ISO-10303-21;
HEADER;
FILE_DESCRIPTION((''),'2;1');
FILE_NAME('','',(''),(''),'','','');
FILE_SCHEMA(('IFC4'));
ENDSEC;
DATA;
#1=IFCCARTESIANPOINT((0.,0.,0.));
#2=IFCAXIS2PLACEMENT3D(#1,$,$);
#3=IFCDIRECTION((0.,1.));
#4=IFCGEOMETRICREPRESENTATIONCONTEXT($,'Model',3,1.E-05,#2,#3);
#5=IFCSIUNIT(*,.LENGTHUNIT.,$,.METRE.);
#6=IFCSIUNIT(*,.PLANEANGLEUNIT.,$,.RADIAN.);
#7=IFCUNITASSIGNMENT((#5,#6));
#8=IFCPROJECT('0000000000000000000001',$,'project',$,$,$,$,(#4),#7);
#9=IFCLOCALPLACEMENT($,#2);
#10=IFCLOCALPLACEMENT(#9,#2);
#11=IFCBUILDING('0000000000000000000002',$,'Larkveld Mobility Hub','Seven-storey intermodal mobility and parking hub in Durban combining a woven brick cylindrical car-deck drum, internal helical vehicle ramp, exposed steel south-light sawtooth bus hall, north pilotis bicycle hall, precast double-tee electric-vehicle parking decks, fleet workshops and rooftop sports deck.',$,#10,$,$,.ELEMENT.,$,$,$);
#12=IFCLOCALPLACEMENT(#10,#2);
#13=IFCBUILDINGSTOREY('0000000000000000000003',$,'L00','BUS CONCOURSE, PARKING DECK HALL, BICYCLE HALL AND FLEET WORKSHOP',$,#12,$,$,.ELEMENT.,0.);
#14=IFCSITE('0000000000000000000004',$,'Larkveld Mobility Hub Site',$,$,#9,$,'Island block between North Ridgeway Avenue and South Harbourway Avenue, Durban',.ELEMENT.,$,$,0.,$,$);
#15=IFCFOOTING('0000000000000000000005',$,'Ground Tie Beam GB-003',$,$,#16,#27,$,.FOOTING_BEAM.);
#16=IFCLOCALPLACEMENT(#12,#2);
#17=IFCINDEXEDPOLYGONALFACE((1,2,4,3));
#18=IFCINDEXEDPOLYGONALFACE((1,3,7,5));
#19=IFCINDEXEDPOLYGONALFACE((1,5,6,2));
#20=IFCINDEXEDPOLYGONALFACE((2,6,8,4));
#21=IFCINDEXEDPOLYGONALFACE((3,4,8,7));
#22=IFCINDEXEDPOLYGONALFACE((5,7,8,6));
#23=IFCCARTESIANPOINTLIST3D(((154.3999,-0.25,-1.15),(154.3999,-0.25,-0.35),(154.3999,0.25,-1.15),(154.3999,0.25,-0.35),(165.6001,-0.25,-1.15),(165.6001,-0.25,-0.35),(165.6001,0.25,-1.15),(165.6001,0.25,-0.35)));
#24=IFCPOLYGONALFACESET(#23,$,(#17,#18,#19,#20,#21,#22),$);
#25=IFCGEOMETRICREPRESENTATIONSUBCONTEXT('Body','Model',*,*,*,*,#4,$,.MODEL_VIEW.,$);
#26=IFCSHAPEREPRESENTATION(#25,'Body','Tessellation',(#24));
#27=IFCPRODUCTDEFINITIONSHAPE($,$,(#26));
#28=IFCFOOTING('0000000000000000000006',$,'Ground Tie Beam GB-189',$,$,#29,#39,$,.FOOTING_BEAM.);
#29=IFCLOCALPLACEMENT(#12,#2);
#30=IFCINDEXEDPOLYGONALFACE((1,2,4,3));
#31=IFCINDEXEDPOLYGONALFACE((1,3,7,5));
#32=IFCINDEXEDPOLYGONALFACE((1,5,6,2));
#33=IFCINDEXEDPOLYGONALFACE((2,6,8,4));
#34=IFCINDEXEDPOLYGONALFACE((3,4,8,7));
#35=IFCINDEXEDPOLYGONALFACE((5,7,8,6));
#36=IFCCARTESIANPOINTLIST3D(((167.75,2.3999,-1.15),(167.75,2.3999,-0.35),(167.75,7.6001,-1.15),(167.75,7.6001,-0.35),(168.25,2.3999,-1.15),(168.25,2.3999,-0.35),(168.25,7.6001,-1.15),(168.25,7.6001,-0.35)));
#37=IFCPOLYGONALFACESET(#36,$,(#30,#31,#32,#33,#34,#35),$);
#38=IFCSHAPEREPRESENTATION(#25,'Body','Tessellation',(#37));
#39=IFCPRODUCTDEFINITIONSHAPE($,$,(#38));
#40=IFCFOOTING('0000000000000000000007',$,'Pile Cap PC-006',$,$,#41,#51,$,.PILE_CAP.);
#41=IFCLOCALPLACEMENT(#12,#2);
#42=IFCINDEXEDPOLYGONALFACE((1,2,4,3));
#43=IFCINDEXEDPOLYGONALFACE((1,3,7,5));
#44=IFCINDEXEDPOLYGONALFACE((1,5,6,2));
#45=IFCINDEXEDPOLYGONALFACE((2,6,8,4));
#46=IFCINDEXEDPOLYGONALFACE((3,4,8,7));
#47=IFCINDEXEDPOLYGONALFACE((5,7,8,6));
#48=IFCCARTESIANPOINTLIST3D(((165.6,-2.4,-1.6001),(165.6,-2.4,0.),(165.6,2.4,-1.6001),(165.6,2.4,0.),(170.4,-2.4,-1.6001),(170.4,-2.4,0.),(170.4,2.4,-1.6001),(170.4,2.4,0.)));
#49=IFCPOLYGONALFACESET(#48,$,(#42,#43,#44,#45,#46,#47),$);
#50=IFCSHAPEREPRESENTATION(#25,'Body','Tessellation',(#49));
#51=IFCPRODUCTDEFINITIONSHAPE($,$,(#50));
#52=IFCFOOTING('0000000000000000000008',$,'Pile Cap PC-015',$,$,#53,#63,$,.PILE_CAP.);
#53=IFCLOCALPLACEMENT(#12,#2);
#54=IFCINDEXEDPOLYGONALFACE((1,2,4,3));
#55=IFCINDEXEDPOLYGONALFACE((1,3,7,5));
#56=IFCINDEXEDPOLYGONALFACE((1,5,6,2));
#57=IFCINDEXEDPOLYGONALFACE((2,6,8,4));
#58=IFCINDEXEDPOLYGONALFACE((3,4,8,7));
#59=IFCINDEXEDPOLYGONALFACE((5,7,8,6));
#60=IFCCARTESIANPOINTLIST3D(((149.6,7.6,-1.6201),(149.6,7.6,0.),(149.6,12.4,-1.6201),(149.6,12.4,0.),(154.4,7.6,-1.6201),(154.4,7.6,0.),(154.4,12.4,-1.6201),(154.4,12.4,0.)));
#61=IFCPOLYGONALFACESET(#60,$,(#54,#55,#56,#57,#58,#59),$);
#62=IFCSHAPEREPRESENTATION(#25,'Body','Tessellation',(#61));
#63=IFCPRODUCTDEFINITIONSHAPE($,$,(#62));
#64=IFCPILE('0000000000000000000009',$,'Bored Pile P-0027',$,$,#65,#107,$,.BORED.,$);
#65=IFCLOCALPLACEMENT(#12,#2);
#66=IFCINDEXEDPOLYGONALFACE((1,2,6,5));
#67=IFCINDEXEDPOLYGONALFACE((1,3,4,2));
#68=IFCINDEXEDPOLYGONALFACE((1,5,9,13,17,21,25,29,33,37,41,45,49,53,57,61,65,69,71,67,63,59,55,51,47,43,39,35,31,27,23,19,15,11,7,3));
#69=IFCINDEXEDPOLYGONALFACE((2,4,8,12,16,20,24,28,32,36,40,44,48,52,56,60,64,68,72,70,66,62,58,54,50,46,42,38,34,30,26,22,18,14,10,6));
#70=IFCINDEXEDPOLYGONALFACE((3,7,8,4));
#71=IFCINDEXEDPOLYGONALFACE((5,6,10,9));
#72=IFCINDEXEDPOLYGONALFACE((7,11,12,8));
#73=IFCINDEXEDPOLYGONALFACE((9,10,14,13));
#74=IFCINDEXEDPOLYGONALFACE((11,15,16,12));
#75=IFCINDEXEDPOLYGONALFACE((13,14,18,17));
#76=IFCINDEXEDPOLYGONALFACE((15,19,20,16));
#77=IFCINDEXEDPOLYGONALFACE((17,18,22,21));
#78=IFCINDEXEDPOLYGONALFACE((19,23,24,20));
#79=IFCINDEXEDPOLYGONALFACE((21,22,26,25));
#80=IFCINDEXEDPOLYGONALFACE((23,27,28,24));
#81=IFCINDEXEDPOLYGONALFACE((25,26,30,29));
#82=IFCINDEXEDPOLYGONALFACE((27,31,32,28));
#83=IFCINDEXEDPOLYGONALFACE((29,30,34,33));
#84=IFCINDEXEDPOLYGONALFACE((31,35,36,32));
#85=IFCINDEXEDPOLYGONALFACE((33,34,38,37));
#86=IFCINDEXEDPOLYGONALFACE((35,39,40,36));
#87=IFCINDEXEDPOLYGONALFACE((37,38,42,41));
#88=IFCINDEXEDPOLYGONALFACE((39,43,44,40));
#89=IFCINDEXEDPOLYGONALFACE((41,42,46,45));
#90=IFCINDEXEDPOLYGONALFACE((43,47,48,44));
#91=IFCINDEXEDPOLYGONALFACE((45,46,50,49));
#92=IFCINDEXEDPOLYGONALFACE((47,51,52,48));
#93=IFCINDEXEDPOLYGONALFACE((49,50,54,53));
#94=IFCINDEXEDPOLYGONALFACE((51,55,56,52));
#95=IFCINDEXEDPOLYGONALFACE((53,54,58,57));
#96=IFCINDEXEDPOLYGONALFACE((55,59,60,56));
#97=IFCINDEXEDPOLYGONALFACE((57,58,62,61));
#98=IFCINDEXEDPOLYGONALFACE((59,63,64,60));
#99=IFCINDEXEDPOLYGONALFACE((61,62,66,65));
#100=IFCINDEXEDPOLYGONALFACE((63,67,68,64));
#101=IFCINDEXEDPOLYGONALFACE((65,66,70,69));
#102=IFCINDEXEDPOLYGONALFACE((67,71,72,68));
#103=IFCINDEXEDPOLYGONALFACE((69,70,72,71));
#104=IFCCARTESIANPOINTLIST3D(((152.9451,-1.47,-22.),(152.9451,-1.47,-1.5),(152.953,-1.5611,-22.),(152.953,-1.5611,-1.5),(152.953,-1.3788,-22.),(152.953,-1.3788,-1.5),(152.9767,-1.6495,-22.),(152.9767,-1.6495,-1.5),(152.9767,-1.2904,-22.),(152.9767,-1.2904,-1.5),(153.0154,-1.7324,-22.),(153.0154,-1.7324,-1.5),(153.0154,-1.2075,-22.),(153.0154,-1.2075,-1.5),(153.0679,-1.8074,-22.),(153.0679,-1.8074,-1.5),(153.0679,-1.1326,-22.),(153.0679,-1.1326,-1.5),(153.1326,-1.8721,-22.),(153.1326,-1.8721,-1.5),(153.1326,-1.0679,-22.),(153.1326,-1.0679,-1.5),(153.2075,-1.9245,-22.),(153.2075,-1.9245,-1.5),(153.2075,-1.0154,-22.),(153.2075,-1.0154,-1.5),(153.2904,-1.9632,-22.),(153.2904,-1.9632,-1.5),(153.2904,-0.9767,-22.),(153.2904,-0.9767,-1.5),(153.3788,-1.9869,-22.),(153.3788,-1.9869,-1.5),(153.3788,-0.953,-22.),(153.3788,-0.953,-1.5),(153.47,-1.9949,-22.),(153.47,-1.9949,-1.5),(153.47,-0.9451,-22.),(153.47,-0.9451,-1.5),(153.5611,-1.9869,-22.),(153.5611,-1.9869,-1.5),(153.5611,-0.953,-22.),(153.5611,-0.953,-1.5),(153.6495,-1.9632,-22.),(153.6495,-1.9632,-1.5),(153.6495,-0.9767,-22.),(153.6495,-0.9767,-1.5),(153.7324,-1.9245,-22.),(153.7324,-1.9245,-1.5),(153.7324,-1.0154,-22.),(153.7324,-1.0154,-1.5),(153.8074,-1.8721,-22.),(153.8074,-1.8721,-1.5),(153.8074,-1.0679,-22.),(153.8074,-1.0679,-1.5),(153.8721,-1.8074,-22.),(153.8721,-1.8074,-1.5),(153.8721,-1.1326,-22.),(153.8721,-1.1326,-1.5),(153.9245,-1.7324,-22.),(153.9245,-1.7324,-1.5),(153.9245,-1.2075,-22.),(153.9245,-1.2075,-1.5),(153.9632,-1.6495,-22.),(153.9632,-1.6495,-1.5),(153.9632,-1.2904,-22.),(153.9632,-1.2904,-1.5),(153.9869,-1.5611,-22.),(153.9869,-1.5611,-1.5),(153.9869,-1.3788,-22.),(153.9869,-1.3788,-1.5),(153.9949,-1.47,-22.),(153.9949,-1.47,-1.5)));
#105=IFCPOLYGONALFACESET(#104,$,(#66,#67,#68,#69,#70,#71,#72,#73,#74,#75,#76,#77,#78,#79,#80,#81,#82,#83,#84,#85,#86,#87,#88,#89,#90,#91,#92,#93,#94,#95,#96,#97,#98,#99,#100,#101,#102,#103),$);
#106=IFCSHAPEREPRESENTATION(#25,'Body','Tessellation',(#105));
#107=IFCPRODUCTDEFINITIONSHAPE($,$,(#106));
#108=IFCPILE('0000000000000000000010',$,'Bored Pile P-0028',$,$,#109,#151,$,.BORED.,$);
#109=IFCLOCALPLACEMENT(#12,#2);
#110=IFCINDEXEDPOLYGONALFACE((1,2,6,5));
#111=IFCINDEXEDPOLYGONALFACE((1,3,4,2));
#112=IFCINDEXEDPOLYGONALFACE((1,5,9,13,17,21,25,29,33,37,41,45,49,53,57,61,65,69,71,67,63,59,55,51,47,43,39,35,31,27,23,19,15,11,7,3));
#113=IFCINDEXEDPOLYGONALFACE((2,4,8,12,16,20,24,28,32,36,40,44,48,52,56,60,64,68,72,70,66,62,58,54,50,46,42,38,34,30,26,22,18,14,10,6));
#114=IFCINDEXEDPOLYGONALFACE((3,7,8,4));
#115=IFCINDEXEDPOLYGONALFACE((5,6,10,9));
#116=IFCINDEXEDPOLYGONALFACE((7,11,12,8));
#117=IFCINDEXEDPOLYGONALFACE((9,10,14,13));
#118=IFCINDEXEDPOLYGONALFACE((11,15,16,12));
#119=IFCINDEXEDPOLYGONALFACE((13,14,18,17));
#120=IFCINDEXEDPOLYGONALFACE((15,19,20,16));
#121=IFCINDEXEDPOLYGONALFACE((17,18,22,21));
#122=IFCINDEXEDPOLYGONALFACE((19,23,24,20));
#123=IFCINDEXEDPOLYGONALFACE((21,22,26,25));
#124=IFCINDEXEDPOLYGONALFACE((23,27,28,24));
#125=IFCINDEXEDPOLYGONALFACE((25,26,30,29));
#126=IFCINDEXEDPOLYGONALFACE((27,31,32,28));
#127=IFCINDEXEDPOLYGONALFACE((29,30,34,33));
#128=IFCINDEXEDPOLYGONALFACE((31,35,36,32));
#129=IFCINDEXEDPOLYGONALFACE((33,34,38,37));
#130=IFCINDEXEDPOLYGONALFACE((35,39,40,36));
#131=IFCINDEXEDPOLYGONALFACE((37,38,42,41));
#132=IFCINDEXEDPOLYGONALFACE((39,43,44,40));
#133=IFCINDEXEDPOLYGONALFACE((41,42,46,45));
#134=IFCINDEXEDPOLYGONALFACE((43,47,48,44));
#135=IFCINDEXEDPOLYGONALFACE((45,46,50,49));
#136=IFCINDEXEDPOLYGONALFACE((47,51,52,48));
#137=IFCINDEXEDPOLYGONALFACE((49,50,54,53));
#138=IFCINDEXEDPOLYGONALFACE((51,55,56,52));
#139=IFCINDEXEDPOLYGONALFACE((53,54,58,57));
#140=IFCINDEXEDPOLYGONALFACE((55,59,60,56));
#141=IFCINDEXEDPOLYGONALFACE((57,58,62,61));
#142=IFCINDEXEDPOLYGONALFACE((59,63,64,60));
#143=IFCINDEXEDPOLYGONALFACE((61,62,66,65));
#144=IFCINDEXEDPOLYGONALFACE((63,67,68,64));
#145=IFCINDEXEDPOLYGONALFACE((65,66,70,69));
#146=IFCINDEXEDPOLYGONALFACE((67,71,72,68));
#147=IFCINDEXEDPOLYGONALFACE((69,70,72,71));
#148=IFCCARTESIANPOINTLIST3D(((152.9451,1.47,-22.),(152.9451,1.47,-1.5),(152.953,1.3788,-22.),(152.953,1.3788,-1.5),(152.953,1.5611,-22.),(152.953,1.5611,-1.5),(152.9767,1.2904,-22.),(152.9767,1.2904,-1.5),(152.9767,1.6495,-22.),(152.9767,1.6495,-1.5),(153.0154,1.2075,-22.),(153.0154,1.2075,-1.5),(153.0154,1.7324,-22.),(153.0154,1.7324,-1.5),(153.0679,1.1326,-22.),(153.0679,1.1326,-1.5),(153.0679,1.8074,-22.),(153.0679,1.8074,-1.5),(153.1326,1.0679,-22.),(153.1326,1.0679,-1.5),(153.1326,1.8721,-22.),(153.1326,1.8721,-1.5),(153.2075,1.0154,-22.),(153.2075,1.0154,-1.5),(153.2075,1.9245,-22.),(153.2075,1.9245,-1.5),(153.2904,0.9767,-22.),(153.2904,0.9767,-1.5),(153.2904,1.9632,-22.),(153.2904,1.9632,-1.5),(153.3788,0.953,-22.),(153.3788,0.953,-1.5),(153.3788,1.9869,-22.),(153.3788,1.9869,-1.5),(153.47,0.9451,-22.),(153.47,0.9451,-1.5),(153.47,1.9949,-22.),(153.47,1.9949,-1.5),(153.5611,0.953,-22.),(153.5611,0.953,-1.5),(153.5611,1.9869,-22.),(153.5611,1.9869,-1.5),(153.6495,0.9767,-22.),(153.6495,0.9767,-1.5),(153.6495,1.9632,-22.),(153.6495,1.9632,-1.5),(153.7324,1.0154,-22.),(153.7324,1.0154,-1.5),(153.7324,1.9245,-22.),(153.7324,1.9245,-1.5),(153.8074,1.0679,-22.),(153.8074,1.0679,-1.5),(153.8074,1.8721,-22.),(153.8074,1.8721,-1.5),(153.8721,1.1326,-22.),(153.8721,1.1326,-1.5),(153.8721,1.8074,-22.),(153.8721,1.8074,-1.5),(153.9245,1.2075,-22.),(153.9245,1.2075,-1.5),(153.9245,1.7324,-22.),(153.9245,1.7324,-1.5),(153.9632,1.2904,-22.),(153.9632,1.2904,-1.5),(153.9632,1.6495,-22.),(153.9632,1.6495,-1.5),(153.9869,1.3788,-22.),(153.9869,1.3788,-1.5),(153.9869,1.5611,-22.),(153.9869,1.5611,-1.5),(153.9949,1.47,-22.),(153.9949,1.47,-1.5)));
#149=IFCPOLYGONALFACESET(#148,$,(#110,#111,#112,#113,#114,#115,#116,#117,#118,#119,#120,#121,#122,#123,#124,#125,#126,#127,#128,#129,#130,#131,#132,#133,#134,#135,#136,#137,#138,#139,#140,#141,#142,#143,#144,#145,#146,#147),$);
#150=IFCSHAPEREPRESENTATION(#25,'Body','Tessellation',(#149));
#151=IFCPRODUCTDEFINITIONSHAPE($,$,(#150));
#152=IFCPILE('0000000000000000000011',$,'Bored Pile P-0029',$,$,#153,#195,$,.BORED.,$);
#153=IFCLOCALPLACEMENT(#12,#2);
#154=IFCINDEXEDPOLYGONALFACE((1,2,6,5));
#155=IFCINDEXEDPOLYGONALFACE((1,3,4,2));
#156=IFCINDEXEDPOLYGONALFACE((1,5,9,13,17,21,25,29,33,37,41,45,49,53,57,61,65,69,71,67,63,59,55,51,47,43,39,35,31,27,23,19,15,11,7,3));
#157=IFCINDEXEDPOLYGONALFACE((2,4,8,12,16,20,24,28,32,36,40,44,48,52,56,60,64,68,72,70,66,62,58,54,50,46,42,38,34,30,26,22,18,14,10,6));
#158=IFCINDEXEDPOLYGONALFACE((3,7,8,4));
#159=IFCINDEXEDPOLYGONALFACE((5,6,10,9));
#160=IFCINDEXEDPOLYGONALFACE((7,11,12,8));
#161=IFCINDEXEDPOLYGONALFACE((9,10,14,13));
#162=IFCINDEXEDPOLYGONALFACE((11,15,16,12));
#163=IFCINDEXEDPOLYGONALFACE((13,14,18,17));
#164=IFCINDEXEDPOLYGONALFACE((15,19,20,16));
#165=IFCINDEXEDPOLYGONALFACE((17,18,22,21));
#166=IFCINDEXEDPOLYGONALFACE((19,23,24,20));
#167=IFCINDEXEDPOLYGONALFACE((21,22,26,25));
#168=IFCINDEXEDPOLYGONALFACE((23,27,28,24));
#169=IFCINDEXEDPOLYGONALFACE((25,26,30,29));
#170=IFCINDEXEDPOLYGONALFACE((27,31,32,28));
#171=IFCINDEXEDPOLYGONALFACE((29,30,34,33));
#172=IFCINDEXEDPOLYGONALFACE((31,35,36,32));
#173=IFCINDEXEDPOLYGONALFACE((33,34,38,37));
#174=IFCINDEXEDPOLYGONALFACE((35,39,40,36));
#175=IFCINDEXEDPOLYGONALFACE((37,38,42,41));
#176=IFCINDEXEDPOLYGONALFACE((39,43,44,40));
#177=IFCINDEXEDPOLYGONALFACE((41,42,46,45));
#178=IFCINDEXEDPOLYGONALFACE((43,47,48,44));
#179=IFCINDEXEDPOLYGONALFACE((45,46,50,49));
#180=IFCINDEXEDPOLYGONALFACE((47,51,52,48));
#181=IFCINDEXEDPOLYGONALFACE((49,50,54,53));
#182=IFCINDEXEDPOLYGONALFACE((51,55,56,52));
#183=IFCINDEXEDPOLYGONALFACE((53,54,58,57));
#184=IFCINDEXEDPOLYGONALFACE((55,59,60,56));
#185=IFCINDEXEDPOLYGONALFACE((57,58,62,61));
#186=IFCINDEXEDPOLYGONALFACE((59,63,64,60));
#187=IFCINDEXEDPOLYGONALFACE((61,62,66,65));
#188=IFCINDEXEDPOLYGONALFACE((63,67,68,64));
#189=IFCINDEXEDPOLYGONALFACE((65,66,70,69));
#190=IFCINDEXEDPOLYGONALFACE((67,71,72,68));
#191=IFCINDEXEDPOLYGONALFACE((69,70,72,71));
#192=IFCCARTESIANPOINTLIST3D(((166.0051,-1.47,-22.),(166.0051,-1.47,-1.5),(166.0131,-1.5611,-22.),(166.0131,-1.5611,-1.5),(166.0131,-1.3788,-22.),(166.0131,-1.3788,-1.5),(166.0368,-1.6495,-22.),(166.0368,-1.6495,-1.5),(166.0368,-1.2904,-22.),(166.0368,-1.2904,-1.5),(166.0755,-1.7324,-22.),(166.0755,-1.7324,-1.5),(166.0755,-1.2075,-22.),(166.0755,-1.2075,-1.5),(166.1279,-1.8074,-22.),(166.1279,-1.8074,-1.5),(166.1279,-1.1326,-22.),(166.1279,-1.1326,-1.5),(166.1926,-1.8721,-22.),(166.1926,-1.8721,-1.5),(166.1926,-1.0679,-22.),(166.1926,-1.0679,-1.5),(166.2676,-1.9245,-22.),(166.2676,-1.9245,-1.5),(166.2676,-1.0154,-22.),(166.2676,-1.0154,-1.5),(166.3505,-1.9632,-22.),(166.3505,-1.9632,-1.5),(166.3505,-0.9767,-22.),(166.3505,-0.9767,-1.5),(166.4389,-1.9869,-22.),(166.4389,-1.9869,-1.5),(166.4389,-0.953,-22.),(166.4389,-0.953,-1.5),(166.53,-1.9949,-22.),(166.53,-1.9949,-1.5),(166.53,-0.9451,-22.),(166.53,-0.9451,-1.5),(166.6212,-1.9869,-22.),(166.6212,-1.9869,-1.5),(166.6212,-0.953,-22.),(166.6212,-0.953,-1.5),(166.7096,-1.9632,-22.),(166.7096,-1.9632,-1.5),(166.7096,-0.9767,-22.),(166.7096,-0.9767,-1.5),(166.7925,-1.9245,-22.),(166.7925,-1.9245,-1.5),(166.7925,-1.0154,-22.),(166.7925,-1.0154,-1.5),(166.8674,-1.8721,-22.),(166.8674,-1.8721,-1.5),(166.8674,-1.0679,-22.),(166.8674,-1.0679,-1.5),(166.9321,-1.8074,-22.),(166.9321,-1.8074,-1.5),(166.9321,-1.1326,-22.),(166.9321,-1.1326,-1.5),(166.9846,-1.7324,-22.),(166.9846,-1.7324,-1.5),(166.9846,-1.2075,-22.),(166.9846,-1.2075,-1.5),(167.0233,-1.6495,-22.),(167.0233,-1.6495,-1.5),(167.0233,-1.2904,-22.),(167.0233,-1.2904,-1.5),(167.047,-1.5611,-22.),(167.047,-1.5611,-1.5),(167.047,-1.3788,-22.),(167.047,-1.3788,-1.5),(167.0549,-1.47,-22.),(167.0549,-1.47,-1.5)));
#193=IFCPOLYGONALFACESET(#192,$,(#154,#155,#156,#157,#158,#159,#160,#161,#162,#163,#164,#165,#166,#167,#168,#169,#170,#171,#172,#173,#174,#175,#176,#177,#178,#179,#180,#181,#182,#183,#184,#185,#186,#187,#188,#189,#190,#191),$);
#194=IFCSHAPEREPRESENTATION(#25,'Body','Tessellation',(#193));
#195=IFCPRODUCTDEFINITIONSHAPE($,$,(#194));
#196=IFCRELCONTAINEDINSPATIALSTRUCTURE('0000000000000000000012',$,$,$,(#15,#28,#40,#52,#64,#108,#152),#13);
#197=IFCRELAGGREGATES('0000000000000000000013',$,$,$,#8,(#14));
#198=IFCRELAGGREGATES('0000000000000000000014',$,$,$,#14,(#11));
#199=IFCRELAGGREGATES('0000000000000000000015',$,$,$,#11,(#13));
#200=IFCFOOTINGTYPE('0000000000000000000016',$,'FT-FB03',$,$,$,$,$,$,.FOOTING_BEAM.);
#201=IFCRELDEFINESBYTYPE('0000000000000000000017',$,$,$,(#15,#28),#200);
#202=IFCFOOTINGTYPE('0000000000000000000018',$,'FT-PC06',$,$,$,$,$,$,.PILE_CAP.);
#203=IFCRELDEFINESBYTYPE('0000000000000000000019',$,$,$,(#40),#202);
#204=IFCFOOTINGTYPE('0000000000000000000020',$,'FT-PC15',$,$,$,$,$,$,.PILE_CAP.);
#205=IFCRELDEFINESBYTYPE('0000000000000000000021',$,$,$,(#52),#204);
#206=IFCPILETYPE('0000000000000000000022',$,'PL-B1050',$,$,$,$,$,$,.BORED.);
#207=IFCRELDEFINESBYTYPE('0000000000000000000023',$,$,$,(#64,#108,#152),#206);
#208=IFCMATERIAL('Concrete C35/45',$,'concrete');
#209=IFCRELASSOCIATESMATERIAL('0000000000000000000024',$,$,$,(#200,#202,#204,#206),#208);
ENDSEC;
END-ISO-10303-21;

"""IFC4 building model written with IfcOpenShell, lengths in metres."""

from ifc_helpers import new_model, si_unit, direction, frame, origin, origin_2d, place, context, subcontext, project, spatial, rectangle, circle, extrude, material, material_profile, profile_set, type_object, element, save


model = new_model("IFC4")

# Units and contexts
model_context = context("Model", 3, precision=1e-05, world=origin(), true_north=direction((0.0, 1.0)))
body_context = subcontext(model_context, "Body", "Model", "MODEL_VIEW")
ifc_project = project(units=[si_unit("LENGTHUNIT", "METRE"), si_unit("PLANEANGLEUNIT", "RADIAN")], contexts=[model_context])

# Site, building, storey
site_placement = place(None, origin())
site = spatial("IfcSite", under=ifc_project, at=site_placement, Name="Larkveld Mobility Hub Site", LongName="Island block between North Ridgeway Avenue and South Harbourway Avenue, Durban", CompositionType="ELEMENT", RefElevation=0.0)
building_placement = place(site_placement, origin())
building = spatial("IfcBuilding", under=site, at=building_placement, Name="Larkveld Mobility Hub", Description="Seven-storey intermodal mobility and parking hub in Durban combining a woven brick cylindrical car-deck drum, internal helical vehicle ramp, exposed steel south-light sawtooth bus hall, north pilotis bicycle hall, precast double-tee electric-vehicle parking decks, fleet workshops and rooftop sports deck.", CompositionType="ELEMENT")
storey_placement = place(building_placement, origin())
storey = spatial("IfcBuildingStorey", under=building, at=storey_placement, Name="L00", Description="BUS CONCOURSE, PARKING DECK HALL, BICYCLE HALL AND FLEET WORKSHOP", CompositionType="ELEMENT", Elevation=0.0)

# Footings
ifc_material_1 = material(Name="Concrete C35/45", Category="concrete")
ifc_material_profile_1 = material_profile(ifc_material_1, rectangle(XDim=0.5, YDim=0.8, at=origin_2d()), Name="RC BM 500x800")
ifc_profile_set_1 = profile_set([ifc_material_profile_1], Name="Concrete C35/45")
footing_type_1 = type_object("IfcFootingType", Name="FT-FB03", PredefinedType="FOOTING_BEAM", material=ifc_profile_set_1)
footing_1_placement = place(storey_placement, frame((154.3999, 0.0, -0.75), z_axis=(1.0, 0.0, 0.0), x_axis=(0.0, 1.0, 0.0)))
element("IfcFooting", 1, at=footing_1_placement, inside=storey, type_object=footing_type_1, Name="Ground Tie Beam GB-003", PredefinedType="FOOTING_BEAM", context=body_context, shape_type="SweptSolid", body=[
    extrude(rectangle(XDim=0.5, YDim=0.8, at=origin_2d()), origin(), (0.0, 0.0, 1.0), 11.2002),
])
footing_2_placement = place(storey_placement, frame((168.0, 2.3999, -0.75), z_axis=(0.0, 1.0, 0.0), x_axis=(-1.0, 0.0, 0.0)))
element("IfcFooting", 2, at=footing_2_placement, inside=storey, type_object=footing_type_1, Name="Ground Tie Beam GB-189", PredefinedType="FOOTING_BEAM", context=body_context, shape_type="SweptSolid", body=[
    extrude(rectangle(XDim=0.5, YDim=0.8, at=origin_2d()), origin(), (0.0, 0.0, 1.0), 5.2002),
])
footing_type_2 = type_object("IfcFootingType", Name="FT-PC06", PredefinedType="PILE_CAP", material=ifc_material_1)
footing_3_placement = place(storey_placement, frame((168.0, 0.0, -1.6001), z_axis=(0.0, 0.0, 1.0), x_axis=(1.0, 0.0, 0.0)))
element("IfcFooting", 3, at=footing_3_placement, inside=storey, type_object=footing_type_2, Name="Pile Cap PC-006", PredefinedType="PILE_CAP", context=body_context, shape_type="SweptSolid", body=[
    extrude(rectangle(XDim=4.8, YDim=4.8, at=origin_2d()), origin(), (0.0, 0.0, 1.0), 1.6001),
])
footing_type_3 = type_object("IfcFootingType", Name="FT-PC15", PredefinedType="PILE_CAP", material=ifc_material_1)
footing_4_placement = place(storey_placement, frame((152.0, 10.0, -1.6201), z_axis=(0.0, 0.0, 1.0), x_axis=(1.0, 0.0, 0.0)))
element("IfcFooting", 4, at=footing_4_placement, inside=storey, type_object=footing_type_3, Name="Pile Cap PC-015", PredefinedType="PILE_CAP", context=body_context, shape_type="SweptSolid", body=[
    extrude(rectangle(XDim=4.8, YDim=4.8, at=origin_2d()), origin(), (0.0, 0.0, 1.0), 1.6201),
])

# Piles
ifc_material_profile_2 = material_profile(ifc_material_1, circle(Radius=0.5249, at=origin_2d()), Name="PILE D1050")
ifc_profile_set_2 = profile_set([ifc_material_profile_2], Name="Concrete C35/45")
pile_type = type_object("IfcPileType", Name="PL-B1050", PredefinedType="BORED", material=ifc_profile_set_2)
for number, where, z_axis, x_axis, name in (
    (5, (153.47, -1.47, -1.5), (0.0, 0.0, -1.0), (1.0, 0.0, 0.0), "Bored Pile P-0027"),
    (6, (153.47, 1.47, -1.5), (0.0, 0.0, -1.0), (1.0, 0.0, 0.0), "Bored Pile P-0028"),
    (7, (166.53, -1.47, -1.5), (0.0, 0.0, -1.0), (1.0, 0.0, 0.0), "Bored Pile P-0029"),
):
    element("IfcPile", number, at=place(storey_placement, frame(where, z_axis=z_axis, x_axis=x_axis)), inside=storey, type_object=pile_type, Name=name, PredefinedType="BORED", context=body_context, shape_type="SweptSolid", body=[
        extrude(circle(Radius=0.5249, at=origin_2d()), origin(), (0.0, 0.0, 1.0), 20.5),
    ])

save(model, "model.ifc")
